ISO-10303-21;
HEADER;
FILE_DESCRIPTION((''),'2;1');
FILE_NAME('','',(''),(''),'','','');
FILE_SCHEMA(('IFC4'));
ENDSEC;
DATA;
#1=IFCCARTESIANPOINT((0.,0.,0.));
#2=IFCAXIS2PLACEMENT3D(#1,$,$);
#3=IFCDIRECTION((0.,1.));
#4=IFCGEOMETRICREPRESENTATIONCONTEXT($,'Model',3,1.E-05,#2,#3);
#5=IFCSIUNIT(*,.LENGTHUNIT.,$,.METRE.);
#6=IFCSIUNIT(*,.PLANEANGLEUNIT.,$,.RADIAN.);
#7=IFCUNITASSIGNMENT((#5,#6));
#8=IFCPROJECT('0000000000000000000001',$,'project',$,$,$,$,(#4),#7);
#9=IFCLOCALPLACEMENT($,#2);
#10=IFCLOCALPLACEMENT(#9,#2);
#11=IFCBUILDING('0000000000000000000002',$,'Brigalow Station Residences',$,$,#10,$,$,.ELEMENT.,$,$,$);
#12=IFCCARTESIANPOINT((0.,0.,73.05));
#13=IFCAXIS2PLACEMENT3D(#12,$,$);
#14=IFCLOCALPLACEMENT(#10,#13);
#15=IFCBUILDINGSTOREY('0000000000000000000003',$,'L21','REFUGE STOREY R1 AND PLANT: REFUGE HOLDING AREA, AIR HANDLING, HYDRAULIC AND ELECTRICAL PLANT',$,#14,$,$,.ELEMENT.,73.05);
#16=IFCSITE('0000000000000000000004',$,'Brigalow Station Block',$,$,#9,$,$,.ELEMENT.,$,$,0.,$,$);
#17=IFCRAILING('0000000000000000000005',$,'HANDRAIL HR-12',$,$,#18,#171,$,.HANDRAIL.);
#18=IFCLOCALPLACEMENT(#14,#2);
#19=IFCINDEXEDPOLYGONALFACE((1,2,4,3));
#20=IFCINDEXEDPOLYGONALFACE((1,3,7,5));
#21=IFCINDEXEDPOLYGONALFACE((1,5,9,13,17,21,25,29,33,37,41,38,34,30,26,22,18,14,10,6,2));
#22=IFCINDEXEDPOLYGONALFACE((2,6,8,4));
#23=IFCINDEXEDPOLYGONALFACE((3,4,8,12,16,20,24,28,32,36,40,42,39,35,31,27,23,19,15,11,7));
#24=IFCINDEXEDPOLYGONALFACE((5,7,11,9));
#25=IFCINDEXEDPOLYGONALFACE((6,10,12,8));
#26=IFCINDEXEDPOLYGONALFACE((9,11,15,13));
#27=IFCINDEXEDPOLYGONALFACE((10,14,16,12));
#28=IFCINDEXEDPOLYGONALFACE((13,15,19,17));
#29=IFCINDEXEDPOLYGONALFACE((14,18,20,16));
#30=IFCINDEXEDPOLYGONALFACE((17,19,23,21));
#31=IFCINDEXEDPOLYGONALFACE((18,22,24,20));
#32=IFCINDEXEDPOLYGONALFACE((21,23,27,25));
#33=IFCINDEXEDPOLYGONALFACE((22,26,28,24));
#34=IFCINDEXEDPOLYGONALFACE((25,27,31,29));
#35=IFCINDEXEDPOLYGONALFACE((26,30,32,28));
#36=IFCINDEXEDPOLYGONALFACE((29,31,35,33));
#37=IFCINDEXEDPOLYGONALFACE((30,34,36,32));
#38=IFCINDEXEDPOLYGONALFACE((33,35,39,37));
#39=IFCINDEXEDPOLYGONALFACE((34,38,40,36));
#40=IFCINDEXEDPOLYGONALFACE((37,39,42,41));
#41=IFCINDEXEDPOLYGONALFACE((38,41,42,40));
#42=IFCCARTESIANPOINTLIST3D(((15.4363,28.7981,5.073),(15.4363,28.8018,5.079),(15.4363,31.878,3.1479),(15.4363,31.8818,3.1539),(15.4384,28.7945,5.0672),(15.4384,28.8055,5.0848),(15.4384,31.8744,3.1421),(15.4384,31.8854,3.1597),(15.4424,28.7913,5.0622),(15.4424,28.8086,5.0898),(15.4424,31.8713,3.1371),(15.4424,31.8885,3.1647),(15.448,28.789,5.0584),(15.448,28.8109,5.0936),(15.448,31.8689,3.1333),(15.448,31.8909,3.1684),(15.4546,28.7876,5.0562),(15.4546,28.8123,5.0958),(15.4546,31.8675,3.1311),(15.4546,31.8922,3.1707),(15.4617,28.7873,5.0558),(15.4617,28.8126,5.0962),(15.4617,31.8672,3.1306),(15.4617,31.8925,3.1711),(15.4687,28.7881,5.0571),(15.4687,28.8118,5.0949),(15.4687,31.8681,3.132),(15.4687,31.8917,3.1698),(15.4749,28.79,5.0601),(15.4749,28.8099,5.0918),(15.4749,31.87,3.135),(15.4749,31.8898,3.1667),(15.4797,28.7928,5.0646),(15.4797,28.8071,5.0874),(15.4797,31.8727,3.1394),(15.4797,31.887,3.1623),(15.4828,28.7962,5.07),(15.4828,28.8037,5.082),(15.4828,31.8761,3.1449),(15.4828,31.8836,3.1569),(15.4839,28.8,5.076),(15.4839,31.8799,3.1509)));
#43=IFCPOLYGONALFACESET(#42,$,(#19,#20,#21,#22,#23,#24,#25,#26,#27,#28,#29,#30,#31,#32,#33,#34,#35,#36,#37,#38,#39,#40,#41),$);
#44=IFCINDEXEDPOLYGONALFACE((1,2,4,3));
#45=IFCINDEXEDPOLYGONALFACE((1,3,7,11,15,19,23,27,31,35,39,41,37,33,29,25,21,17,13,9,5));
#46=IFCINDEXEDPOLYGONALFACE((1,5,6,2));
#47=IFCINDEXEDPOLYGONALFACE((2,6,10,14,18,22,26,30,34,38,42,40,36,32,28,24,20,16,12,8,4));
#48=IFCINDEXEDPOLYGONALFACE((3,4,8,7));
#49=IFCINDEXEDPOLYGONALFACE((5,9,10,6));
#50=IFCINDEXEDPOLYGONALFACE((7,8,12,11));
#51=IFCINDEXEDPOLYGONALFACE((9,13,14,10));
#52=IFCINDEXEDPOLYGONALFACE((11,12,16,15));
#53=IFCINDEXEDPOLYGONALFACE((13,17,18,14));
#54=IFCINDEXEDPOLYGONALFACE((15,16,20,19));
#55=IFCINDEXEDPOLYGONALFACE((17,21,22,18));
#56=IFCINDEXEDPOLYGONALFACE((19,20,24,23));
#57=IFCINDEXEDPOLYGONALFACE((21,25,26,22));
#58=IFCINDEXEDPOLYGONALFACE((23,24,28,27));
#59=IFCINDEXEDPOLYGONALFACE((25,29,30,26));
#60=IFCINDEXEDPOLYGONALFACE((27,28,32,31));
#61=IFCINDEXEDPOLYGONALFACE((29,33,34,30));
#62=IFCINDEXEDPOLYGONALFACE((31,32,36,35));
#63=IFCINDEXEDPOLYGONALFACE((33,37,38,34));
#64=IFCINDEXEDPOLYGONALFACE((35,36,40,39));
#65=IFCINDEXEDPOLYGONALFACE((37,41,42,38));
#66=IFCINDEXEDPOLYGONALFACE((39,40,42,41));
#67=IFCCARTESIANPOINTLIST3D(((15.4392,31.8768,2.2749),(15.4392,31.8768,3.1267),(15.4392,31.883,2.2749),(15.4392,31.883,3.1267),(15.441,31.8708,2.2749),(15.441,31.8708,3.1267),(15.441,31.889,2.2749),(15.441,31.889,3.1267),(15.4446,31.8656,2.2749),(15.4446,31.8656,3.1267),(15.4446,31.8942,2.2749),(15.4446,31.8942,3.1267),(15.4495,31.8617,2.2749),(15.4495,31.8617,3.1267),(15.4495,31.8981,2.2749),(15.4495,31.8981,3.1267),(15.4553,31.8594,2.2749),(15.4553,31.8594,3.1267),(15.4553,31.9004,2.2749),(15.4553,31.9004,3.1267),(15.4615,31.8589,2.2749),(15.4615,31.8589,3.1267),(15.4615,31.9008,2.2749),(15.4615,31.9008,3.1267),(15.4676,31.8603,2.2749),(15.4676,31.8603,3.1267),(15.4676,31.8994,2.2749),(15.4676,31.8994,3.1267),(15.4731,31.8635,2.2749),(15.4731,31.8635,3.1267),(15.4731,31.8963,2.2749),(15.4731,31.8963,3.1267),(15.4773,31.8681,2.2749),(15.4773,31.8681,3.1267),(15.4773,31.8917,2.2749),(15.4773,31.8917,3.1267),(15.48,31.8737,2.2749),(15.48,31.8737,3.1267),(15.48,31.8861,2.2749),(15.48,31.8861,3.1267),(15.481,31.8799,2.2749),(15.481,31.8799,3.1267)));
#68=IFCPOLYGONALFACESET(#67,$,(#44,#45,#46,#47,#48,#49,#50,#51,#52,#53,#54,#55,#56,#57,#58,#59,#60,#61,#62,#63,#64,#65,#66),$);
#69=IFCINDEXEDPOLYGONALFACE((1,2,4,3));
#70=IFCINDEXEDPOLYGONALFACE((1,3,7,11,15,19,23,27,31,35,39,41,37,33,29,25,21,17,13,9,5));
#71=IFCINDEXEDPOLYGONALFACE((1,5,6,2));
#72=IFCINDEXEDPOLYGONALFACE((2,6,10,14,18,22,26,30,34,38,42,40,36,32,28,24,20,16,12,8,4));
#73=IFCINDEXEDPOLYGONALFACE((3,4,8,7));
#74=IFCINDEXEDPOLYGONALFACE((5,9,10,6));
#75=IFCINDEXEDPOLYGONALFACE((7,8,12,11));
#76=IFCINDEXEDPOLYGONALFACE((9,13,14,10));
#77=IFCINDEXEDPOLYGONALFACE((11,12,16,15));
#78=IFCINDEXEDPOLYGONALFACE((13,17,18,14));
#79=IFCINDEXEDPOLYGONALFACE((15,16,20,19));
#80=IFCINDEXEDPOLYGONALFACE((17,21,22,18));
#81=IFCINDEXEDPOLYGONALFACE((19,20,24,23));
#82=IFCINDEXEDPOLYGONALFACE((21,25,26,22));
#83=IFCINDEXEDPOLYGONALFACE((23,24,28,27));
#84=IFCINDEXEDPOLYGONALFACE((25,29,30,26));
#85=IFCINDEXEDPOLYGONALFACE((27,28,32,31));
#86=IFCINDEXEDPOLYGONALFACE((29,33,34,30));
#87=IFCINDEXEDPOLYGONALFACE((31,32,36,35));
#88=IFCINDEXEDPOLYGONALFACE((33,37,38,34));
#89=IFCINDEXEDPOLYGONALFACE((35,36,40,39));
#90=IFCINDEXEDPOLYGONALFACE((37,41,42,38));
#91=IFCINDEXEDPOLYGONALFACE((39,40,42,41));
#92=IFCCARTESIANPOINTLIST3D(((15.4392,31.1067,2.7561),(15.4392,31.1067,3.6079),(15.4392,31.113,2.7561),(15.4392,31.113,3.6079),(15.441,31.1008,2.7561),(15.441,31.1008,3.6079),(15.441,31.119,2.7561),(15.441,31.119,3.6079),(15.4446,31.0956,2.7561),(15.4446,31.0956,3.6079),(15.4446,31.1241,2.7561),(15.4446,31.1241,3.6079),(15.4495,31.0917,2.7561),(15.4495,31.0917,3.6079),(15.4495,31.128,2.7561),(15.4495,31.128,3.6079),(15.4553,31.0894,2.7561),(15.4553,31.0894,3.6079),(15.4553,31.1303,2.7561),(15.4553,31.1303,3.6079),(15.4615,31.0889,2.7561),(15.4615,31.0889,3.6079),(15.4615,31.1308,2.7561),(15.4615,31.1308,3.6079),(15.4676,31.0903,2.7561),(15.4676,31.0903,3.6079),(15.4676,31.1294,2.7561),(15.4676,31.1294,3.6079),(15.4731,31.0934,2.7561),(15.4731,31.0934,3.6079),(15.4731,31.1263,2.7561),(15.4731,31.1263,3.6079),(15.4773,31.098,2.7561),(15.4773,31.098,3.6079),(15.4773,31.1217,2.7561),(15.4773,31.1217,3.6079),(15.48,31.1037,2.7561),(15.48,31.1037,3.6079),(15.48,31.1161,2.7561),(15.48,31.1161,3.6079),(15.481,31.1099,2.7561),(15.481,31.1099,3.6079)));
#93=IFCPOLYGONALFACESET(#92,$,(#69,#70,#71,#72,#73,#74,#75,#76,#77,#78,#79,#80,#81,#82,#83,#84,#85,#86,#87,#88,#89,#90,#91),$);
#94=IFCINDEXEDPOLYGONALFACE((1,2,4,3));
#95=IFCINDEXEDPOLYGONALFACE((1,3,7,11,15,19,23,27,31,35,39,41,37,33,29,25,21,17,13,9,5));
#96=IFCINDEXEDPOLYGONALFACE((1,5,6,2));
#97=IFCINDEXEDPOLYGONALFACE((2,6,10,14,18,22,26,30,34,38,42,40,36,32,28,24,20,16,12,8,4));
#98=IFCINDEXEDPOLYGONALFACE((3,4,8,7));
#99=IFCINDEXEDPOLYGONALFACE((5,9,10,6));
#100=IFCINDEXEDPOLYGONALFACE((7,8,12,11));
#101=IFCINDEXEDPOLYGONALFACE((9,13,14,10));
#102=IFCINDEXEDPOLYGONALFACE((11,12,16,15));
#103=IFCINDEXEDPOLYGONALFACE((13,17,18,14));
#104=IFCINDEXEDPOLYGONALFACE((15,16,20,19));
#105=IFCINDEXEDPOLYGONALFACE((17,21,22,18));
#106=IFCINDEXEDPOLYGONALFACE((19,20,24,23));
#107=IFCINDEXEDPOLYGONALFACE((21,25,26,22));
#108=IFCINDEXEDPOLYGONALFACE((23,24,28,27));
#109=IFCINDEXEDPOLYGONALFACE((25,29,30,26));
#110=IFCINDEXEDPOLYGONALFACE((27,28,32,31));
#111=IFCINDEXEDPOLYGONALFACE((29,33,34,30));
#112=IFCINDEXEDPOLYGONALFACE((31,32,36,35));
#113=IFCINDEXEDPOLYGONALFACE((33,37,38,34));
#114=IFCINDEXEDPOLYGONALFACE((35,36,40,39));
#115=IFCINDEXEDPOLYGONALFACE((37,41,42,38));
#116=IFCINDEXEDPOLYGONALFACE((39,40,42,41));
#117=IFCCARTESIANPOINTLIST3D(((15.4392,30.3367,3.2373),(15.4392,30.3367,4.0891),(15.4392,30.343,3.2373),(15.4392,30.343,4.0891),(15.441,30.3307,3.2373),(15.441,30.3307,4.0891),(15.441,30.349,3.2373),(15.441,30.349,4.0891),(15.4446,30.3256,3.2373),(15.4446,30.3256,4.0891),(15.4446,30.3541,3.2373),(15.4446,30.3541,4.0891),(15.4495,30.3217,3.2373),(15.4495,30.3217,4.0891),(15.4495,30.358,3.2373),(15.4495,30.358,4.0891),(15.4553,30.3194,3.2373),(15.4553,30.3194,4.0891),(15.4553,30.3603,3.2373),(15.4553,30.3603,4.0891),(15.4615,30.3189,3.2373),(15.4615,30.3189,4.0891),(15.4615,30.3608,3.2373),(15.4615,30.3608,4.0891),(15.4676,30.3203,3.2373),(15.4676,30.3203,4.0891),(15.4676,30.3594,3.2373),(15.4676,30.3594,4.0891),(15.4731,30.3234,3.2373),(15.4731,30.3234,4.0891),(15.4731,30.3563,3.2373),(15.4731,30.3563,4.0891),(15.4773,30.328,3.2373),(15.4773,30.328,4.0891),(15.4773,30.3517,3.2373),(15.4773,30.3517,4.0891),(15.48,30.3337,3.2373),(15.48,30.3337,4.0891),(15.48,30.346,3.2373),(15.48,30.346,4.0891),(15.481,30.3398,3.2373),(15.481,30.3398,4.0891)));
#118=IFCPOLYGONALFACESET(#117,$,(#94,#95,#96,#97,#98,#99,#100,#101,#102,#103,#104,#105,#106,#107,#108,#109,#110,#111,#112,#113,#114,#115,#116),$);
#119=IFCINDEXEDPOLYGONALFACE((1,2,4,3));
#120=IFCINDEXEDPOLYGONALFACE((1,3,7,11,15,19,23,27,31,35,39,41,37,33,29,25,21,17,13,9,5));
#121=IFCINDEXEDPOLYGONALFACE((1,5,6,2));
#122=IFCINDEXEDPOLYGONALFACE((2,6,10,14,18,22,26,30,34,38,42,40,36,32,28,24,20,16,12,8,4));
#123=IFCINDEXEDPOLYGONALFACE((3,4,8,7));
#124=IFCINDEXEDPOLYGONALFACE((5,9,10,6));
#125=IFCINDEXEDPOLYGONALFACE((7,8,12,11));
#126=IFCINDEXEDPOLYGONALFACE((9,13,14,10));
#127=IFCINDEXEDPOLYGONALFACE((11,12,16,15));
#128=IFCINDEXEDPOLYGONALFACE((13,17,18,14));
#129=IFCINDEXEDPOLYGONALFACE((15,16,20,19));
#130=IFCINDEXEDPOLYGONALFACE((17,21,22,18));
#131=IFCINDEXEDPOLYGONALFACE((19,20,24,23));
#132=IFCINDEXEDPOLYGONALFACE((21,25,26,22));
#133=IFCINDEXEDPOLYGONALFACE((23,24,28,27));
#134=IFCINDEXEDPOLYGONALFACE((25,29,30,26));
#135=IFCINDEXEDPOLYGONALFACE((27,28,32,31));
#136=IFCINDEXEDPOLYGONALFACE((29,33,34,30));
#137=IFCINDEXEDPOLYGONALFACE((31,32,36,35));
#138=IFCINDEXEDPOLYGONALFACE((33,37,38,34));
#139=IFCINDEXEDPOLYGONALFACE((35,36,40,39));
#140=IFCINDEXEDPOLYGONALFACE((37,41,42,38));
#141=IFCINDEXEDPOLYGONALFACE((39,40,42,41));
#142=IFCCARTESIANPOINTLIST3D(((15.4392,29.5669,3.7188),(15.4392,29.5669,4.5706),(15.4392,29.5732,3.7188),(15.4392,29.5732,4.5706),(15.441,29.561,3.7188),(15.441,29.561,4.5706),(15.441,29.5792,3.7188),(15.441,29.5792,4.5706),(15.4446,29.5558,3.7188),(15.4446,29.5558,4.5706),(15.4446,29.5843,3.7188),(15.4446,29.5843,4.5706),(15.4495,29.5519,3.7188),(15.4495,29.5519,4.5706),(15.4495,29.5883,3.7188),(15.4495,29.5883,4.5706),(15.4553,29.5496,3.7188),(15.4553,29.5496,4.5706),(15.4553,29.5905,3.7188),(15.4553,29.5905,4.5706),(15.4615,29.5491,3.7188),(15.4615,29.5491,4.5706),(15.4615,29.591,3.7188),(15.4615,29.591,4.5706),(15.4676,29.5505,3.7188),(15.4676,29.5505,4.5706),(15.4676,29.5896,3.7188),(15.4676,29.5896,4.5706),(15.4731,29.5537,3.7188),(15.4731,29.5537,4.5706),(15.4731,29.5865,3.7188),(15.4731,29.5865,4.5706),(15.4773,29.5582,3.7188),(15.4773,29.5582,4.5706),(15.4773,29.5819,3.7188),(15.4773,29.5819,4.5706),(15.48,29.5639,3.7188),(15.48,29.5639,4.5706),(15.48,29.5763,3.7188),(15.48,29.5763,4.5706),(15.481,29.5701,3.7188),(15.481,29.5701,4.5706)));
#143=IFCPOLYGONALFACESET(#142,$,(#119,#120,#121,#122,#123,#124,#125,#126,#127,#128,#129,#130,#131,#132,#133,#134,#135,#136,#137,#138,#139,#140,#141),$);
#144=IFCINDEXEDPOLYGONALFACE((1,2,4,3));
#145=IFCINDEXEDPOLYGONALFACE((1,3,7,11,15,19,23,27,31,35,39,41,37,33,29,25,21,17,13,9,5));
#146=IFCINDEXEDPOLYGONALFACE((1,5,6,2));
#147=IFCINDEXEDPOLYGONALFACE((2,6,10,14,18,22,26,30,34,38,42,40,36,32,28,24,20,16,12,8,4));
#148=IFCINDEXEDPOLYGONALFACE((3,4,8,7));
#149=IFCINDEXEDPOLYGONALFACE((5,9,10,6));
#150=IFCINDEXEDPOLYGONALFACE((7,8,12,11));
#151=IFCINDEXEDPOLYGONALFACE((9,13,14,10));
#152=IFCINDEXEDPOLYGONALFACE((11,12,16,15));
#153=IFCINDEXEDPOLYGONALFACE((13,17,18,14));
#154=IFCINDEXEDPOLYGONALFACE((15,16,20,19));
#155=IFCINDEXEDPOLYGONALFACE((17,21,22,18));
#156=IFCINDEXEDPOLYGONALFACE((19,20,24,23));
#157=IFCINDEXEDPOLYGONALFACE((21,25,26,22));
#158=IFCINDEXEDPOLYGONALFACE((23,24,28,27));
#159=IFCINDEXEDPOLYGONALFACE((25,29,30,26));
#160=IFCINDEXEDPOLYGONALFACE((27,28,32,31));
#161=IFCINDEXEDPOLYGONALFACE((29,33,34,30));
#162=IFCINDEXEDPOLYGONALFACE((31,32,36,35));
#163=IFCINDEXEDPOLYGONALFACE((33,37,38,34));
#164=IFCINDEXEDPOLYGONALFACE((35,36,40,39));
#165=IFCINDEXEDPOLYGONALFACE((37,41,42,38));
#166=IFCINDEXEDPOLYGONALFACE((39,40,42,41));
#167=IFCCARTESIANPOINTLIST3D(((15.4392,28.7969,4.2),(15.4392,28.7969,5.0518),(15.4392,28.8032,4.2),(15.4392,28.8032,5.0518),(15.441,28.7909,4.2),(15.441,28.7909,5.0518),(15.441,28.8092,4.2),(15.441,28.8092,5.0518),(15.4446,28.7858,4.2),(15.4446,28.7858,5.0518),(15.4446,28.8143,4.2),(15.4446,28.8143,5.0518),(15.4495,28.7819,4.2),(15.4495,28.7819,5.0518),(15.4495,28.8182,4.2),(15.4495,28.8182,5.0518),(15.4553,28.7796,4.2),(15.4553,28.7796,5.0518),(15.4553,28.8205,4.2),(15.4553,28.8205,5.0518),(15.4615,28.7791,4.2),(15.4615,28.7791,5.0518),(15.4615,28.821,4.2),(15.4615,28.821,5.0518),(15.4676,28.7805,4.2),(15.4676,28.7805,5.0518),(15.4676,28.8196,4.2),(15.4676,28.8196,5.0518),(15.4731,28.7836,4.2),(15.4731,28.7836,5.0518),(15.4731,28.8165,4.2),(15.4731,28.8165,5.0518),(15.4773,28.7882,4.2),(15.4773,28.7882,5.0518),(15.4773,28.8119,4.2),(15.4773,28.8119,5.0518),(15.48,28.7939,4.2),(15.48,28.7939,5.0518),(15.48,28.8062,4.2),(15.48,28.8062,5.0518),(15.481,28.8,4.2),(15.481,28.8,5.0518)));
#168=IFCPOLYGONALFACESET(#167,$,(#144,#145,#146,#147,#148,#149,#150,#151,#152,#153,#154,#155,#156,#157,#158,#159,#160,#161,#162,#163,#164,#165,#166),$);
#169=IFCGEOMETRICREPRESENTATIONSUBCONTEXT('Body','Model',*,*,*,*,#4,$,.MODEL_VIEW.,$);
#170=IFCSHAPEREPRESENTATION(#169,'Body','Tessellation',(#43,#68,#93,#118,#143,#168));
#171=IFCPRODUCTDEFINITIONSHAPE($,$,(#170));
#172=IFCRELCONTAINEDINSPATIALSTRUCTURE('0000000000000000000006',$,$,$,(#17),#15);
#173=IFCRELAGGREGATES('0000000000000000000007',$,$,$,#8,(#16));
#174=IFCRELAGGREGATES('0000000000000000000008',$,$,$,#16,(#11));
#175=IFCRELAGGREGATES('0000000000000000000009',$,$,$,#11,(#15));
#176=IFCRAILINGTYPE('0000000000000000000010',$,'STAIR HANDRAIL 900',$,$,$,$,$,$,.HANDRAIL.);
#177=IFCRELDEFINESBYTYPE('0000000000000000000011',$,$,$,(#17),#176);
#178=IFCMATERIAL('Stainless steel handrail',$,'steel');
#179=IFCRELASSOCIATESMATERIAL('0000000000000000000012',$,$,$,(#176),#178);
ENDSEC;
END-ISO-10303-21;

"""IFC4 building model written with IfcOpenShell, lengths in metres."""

from ifc_helpers import new_model, si_unit, direction, frame, origin, origin_2d, place, context, subcontext, project, spatial, circle, extrude, material, type_object, element, save


model = new_model("IFC4")

# Units and contexts
model_context = context("Model", 3, precision=1e-05, world=origin(), true_north=direction((0.0, 1.0)))
body_context = subcontext(model_context, "Body", "Model", "MODEL_VIEW")
ifc_project = project(units=[si_unit("LENGTHUNIT", "METRE"), si_unit("PLANEANGLEUNIT", "RADIAN")], contexts=[model_context])

# Site, building, storey
site_placement = place(None, origin())
site = spatial("IfcSite", under=ifc_project, at=site_placement, Name="Brigalow Station Block", CompositionType="ELEMENT", RefElevation=0.0)
building_placement = place(site_placement, origin())
building = spatial("IfcBuilding", under=site, at=building_placement, Name="Brigalow Station Residences", CompositionType="ELEMENT")
storey_placement = place(building_placement, frame((0.0, 0.0, 73.05)))
storey = spatial("IfcBuildingStorey", under=building, at=storey_placement, Name="L21", Description="REFUGE STOREY R1 AND PLANT: REFUGE HOLDING AREA, AIR HANDLING, HYDRAULIC AND ELECTRICAL PLANT", CompositionType="ELEMENT", Elevation=73.05)

# Railing
ifc_material_1 = material(Name="Stainless steel handrail", Category="steel")
railing_type_1 = type_object("IfcRailingType", Name="STAIR HANDRAIL 900", PredefinedType="HANDRAIL", material=ifc_material_1)
railing_1_placement = place(storey_placement, frame((15.46, 31.8799, 2.2749)))
element("IfcRailing", 1, at=railing_1_placement, inside=storey, type_object=railing_type_1, Name="HANDRAIL HR-12", PredefinedType="HANDRAIL", context=body_context, shape_type="SweptSolid", body=[
    extrude(circle(Radius=0.0239, at=origin_2d()), frame((0.0, 0.0, 0.876), z_axis=(0.0, -0.847979, 0.530029), x_axis=(1.0, 0.0, 0.0)), (0.0, 0.0, 1.0), 3.6321),
    extrude(circle(Radius=0.021, at=origin_2d()), origin(), (0.0, 0.0, 1.0), 0.8518),
    extrude(circle(Radius=0.021, at=origin_2d()), frame((0.0, -0.77, 0.4812)), (0.0, 0.0, 1.0), 0.8518),
    extrude(circle(Radius=0.021, at=origin_2d()), frame((0.0, -1.54, 0.9624)), (0.0, 0.0, 1.0), 0.8518),
    extrude(circle(Radius=0.021, at=origin_2d()), frame((0.0, -2.3098, 1.4438)), (0.0, 0.0, 1.0), 0.8518),
    extrude(circle(Radius=0.021, at=origin_2d()), frame((0.0, -3.0798, 1.925)), (0.0, 0.0, 1.0), 0.8518),
])

save(model, "model.ifc")
